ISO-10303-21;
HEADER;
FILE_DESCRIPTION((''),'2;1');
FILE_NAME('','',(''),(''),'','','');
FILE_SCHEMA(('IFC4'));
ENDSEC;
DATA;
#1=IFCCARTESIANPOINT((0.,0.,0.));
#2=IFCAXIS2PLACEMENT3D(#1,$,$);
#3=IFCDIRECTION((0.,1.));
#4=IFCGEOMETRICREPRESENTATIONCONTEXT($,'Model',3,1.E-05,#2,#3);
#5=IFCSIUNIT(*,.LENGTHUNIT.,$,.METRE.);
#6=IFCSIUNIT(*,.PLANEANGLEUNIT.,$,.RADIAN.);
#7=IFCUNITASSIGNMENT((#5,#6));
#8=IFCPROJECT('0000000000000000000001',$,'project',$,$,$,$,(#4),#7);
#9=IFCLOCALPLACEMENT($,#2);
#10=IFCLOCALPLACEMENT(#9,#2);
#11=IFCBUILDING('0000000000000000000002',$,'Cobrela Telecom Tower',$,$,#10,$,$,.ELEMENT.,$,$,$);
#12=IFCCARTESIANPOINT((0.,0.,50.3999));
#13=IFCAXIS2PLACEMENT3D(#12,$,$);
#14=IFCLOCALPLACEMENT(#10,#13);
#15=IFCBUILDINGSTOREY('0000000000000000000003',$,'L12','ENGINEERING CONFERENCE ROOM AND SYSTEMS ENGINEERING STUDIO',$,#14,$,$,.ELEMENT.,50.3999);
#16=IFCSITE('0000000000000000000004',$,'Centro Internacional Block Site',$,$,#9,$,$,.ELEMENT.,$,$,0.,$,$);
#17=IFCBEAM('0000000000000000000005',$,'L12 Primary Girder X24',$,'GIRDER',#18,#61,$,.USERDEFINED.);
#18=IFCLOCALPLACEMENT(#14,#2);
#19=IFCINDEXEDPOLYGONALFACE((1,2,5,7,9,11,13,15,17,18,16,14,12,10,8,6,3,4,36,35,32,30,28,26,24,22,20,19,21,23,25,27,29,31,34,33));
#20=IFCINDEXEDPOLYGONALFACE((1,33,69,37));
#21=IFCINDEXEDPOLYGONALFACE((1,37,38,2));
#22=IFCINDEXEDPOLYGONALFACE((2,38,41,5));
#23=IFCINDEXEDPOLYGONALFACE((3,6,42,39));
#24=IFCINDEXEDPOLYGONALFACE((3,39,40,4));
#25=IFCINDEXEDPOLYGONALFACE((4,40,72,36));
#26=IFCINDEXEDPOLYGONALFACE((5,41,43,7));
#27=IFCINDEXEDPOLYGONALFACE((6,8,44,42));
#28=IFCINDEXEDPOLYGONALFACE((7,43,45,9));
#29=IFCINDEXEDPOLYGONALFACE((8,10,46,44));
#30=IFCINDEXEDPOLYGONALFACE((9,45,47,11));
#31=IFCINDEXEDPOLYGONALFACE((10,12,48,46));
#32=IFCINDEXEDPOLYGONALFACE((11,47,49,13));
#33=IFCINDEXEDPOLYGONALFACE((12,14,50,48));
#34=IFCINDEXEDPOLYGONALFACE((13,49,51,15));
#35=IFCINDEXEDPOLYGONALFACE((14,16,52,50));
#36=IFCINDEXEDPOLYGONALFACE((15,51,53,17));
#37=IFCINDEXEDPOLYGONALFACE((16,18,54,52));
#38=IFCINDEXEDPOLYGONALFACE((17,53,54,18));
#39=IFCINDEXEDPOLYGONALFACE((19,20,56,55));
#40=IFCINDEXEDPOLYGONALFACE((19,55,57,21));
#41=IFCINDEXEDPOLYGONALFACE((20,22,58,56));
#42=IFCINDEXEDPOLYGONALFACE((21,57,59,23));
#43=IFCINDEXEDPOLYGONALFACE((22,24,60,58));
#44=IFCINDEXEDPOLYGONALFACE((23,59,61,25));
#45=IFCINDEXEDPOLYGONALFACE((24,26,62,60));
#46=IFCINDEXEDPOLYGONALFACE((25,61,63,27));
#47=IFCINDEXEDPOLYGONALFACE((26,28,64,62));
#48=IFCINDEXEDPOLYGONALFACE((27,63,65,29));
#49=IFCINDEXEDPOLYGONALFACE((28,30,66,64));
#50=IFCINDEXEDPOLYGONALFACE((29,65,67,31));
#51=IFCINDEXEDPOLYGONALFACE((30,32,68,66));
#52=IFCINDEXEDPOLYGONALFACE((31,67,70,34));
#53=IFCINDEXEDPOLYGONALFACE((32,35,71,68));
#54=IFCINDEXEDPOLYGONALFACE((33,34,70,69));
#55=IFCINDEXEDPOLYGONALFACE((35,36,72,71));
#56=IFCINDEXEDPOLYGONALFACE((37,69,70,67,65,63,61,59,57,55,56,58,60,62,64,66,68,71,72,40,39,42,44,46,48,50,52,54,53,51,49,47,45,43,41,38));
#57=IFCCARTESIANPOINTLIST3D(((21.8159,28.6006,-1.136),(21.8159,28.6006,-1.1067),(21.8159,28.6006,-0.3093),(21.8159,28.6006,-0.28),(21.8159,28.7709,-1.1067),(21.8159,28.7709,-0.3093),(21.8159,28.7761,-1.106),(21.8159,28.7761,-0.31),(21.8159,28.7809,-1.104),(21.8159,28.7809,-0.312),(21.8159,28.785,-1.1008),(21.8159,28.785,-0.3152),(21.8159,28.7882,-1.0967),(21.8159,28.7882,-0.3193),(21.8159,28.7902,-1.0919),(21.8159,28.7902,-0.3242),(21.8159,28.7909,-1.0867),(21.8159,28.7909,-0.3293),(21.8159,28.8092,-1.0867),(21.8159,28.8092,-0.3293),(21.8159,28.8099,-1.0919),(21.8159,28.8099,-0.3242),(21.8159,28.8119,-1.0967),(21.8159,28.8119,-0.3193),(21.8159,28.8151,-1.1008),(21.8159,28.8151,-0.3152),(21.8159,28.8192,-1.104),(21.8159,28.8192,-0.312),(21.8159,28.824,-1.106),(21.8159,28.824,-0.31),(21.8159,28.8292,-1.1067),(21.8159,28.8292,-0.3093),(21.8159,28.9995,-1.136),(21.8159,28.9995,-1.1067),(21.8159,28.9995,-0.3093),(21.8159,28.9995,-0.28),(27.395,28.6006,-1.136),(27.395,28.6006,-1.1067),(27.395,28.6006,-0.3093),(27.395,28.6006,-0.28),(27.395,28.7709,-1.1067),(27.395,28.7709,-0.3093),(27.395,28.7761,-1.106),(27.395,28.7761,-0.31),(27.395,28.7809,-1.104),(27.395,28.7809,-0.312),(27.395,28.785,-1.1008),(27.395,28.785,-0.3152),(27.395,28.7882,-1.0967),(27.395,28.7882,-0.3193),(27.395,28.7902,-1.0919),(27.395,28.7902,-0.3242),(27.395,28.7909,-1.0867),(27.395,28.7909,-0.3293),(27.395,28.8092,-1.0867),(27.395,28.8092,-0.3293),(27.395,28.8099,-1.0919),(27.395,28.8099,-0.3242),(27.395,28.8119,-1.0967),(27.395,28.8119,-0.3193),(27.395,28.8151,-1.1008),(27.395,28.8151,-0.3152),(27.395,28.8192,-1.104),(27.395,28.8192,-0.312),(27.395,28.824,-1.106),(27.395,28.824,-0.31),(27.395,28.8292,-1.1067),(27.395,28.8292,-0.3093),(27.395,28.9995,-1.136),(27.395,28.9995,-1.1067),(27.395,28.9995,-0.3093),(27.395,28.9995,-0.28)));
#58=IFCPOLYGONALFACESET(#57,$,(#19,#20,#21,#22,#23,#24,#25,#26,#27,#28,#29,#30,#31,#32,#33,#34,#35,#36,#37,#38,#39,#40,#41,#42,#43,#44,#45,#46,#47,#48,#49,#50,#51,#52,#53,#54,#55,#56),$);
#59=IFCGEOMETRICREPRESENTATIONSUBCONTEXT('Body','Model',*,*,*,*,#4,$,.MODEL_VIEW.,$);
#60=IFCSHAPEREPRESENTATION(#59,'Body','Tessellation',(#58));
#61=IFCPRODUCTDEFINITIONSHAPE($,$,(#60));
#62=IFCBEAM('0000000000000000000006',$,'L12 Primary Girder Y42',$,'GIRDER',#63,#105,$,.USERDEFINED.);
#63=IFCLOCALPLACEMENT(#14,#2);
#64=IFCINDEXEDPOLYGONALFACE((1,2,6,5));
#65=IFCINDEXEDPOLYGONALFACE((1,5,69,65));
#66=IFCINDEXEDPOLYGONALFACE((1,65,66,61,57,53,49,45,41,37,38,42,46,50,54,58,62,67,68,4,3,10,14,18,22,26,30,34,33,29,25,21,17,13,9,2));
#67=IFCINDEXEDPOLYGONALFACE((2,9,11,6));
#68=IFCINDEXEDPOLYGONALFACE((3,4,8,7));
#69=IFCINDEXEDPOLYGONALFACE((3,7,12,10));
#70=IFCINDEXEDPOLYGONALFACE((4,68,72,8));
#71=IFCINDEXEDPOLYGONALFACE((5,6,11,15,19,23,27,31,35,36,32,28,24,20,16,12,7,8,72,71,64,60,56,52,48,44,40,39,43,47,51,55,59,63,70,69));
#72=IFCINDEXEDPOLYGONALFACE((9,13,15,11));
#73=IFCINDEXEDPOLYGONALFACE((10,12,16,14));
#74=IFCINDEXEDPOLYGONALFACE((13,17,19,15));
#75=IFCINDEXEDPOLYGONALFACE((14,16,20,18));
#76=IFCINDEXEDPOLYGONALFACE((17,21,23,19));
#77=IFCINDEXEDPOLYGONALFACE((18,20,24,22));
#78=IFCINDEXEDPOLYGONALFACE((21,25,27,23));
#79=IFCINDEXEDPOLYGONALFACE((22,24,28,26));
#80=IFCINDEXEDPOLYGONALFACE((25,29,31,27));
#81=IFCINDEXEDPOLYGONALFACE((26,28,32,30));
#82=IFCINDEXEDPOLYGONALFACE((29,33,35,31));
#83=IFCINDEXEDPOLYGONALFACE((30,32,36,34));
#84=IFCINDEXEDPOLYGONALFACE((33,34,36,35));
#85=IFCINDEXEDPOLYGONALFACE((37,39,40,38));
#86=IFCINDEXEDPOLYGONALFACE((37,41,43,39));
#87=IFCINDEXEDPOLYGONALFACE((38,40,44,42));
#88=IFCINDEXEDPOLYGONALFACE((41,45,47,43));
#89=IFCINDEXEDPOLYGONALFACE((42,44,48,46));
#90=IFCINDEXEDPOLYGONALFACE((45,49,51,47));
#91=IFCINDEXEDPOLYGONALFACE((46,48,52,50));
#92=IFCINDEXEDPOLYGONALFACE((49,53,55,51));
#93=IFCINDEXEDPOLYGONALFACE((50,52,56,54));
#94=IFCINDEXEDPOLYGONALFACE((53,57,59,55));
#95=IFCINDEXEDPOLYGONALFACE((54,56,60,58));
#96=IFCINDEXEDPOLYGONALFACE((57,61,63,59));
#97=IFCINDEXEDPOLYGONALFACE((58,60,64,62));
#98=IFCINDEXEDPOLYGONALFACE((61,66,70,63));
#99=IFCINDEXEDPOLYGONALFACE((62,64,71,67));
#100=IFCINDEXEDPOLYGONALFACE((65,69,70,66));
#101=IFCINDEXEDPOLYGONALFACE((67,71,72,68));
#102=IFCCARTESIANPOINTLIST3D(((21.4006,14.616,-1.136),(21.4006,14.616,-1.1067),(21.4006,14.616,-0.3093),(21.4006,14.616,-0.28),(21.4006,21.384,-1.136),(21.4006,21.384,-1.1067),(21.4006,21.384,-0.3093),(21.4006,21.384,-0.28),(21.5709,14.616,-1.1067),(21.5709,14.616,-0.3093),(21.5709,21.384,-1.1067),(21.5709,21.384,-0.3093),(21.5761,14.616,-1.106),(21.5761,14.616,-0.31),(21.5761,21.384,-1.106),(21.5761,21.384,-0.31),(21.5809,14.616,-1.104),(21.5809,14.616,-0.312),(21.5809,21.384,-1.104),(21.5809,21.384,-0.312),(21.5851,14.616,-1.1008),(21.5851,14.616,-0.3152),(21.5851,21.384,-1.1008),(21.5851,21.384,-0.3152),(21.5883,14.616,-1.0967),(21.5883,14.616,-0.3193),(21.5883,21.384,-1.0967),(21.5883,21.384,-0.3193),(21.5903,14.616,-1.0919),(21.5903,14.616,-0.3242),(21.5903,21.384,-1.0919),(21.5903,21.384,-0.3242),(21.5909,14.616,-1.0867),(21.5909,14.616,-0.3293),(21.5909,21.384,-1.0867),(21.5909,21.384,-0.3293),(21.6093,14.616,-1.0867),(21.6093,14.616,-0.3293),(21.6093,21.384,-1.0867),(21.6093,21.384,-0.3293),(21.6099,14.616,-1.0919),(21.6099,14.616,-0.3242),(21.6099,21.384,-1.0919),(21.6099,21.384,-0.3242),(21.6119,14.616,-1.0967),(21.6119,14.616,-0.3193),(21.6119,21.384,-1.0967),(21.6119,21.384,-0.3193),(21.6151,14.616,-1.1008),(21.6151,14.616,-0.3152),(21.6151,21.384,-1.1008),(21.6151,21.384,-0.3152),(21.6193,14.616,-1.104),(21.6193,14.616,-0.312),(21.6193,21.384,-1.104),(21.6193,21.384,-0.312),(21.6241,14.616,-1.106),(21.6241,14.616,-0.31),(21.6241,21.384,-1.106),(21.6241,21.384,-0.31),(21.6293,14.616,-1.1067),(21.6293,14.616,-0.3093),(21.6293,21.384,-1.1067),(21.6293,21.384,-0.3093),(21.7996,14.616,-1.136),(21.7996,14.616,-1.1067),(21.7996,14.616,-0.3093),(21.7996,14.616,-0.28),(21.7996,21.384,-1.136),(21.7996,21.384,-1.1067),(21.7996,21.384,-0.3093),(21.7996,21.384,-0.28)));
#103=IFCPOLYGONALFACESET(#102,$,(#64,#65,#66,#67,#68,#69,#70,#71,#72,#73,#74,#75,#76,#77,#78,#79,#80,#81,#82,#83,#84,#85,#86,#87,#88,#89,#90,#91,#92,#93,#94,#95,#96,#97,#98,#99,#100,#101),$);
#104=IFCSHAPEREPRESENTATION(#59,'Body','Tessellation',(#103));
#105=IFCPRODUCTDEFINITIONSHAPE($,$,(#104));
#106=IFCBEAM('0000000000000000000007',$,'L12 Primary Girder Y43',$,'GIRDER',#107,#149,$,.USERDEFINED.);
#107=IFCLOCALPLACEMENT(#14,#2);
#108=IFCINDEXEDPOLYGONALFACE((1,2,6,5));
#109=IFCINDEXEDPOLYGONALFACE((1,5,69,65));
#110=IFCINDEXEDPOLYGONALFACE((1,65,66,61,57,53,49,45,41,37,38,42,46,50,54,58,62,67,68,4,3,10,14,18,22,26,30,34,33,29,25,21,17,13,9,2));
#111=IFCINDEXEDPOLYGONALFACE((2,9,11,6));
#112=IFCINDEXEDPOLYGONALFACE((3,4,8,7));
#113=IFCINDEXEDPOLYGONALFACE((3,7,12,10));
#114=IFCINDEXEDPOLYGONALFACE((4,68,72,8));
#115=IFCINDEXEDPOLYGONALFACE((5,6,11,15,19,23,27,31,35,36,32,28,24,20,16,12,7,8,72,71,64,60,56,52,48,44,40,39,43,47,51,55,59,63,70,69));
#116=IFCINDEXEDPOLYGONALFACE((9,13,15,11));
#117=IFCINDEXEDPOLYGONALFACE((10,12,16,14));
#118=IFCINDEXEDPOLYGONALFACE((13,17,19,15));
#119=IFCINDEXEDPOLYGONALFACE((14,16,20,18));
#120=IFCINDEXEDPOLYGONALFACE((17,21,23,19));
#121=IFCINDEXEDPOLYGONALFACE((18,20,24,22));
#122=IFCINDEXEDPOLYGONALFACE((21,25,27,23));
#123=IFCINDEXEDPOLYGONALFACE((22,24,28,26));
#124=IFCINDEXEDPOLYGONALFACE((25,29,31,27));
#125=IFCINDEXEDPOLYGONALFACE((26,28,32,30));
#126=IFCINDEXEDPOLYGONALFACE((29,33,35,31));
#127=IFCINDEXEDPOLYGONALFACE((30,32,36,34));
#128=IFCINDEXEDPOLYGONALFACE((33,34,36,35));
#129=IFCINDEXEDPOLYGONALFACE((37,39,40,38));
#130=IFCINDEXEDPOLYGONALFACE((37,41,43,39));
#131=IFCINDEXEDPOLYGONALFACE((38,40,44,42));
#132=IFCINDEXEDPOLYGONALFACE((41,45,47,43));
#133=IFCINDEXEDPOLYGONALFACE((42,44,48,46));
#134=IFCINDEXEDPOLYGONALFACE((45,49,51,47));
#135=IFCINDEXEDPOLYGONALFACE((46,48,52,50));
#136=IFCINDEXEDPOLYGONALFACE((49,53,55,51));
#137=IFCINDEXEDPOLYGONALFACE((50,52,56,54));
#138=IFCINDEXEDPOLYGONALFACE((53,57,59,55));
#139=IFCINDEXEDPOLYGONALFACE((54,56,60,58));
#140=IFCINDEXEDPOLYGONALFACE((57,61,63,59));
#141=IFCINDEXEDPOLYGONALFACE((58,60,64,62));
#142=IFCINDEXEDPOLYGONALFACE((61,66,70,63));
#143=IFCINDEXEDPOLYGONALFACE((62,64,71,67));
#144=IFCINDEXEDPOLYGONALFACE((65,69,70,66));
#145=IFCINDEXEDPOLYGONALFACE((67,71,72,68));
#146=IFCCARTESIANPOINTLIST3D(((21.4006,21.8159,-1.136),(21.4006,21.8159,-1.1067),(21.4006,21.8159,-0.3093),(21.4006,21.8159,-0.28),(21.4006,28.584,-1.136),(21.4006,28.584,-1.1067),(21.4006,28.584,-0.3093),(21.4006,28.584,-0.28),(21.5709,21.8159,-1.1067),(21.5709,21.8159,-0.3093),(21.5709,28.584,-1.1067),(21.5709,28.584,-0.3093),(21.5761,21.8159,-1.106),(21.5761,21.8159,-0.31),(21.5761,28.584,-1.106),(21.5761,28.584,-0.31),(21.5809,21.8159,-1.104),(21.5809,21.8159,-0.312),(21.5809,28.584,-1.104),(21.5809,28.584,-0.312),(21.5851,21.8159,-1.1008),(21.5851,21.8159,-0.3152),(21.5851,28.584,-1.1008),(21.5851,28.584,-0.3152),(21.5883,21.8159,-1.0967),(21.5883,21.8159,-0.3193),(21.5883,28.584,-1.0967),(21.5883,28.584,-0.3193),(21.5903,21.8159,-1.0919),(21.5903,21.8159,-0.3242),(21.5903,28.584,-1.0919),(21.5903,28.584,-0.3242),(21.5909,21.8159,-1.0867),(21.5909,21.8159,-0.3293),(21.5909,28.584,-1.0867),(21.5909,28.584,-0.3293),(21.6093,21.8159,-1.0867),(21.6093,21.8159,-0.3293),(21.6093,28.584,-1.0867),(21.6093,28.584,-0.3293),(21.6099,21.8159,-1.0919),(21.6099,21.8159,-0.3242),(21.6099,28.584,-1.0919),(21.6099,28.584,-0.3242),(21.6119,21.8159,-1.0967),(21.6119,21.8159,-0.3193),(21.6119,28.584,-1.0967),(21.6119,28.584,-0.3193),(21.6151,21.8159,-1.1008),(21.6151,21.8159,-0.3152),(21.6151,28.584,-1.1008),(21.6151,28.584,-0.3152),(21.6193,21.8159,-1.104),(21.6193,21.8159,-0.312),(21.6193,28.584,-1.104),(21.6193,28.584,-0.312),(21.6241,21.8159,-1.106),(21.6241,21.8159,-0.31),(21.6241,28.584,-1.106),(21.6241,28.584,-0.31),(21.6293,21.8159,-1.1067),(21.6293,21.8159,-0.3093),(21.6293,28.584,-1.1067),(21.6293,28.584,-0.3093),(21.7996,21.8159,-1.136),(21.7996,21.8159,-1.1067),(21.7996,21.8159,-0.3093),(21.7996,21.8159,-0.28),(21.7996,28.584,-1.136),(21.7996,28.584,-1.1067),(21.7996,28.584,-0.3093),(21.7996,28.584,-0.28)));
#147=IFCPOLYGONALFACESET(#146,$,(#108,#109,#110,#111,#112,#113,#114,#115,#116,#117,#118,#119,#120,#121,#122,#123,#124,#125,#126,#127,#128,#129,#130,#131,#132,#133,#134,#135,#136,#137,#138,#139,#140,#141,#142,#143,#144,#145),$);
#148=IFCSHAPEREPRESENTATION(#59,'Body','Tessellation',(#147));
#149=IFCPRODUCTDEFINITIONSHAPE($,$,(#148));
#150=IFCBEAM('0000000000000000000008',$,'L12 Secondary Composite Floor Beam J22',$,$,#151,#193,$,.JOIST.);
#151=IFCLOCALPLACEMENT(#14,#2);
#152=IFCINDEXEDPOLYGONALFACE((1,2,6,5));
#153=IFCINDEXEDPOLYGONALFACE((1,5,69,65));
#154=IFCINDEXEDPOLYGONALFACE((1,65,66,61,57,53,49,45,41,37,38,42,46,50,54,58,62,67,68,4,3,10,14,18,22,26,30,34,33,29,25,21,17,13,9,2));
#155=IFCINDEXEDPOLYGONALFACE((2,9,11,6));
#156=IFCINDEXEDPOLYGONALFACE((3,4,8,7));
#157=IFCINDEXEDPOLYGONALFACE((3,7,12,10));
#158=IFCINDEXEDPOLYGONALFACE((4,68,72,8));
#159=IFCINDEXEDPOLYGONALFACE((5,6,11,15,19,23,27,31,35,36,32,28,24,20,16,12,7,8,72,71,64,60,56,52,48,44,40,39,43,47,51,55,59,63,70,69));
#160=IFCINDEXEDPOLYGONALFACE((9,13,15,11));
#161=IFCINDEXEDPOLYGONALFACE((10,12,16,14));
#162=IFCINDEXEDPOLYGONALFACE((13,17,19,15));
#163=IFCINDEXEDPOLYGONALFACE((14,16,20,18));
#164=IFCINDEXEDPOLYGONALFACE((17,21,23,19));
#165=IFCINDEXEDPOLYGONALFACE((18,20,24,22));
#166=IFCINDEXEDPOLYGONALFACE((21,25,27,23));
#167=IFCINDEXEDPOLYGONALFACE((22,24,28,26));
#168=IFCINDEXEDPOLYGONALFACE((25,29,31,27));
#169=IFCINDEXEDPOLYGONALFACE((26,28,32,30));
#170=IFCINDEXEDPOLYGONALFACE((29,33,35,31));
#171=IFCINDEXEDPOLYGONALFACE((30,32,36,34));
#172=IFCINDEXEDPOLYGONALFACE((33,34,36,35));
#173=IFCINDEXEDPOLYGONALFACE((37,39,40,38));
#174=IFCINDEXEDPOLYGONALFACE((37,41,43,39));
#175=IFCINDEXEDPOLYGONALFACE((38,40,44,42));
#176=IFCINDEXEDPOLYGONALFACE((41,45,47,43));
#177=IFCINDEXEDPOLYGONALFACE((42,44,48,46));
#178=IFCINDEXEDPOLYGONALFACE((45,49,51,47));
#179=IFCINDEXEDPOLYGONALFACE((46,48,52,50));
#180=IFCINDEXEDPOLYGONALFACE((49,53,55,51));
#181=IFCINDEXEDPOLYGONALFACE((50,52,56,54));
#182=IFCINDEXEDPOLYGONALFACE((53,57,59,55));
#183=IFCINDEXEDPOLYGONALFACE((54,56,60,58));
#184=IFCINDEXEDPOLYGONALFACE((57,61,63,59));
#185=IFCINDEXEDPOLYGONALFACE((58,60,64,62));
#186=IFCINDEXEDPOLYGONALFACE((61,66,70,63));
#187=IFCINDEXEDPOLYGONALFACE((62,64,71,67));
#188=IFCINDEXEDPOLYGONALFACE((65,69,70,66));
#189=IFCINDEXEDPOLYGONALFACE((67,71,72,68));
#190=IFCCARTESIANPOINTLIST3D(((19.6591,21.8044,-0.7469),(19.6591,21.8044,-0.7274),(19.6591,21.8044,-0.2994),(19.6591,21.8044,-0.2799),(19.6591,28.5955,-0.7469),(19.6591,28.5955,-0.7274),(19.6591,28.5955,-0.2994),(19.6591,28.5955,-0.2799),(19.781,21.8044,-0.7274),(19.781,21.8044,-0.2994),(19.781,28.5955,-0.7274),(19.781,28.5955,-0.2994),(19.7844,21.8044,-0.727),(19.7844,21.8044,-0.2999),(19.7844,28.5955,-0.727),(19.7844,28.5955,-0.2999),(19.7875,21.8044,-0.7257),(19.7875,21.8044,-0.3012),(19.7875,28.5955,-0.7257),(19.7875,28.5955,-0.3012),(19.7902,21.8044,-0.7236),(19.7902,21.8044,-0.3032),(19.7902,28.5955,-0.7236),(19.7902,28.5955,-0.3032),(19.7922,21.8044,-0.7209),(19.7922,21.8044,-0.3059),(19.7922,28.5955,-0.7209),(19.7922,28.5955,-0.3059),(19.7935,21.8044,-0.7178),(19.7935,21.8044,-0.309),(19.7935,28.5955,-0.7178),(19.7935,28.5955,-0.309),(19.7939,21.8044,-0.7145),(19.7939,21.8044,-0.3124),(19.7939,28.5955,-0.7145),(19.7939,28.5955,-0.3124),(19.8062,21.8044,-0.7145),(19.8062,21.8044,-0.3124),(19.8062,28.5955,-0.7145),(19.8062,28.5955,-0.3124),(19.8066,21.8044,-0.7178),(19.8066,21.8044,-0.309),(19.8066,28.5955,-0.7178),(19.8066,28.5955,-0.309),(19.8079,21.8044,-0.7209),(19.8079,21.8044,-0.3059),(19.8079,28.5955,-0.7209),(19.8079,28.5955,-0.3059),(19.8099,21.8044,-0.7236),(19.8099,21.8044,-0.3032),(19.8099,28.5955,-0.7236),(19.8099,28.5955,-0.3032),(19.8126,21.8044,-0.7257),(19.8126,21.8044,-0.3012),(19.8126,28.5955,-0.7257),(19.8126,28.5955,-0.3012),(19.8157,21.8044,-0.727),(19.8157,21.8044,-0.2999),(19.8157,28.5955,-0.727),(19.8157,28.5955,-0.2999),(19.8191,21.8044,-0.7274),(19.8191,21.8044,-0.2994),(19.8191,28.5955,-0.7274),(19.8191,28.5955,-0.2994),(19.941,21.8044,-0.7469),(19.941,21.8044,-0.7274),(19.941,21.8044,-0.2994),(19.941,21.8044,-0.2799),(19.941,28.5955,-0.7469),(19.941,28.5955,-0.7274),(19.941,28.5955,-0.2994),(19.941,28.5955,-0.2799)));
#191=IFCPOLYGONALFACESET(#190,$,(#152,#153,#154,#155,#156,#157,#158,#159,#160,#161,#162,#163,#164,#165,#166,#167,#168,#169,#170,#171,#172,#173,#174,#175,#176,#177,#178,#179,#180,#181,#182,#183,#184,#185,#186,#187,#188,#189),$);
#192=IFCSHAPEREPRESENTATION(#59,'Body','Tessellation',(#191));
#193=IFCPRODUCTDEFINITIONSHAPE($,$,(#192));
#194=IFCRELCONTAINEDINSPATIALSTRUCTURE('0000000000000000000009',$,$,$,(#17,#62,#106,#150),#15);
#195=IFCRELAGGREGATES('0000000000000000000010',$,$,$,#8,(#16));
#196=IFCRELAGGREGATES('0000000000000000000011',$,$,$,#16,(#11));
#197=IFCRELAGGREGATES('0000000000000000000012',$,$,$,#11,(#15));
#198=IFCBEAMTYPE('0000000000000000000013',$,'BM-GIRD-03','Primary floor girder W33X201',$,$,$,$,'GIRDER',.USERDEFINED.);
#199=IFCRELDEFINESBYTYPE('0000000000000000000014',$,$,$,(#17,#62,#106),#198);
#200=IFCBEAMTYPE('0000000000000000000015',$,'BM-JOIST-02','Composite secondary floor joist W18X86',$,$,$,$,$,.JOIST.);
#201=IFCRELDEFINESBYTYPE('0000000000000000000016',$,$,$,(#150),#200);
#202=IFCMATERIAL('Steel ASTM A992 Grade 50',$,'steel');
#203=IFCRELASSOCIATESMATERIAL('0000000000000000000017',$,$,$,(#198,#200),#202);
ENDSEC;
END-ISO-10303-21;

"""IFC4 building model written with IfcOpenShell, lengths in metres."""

from ifc_helpers import new_model, si_unit, direction, frame, origin, origin_2d, place, context, subcontext, project, spatial, i_section, extrude, material, material_profile, profile_set, type_object, element, save


model = new_model("IFC4")

# Units and contexts
model_context = context("Model", 3, precision=1e-05, world=origin(), true_north=direction((0.0, 1.0)))
body_context = subcontext(model_context, "Body", "Model", "MODEL_VIEW")
ifc_project = project(units=[si_unit("LENGTHUNIT", "METRE"), si_unit("PLANEANGLEUNIT", "RADIAN")], contexts=[model_context])

# Site, building, storey
site_placement = place(None, origin())
site = spatial("IfcSite", under=ifc_project, at=site_placement, Name="Centro Internacional Block Site", CompositionType="ELEMENT", RefElevation=0.0)
building_placement = place(site_placement, origin())
building = spatial("IfcBuilding", under=site, at=building_placement, Name="Cobrela Telecom Tower", CompositionType="ELEMENT")
storey_placement = place(building_placement, frame((0.0, 0.0, 50.3999)))
storey = spatial("IfcBuildingStorey", under=building, at=storey_placement, Name="L12", Description="ENGINEERING CONFERENCE ROOM AND SYSTEMS ENGINEERING STUDIO", CompositionType="ELEMENT", Elevation=50.3999)

# Shared definitions
ifc_material_1 = material(Name="Steel ASTM A992 Grade 50", Category="steel")

# Beams
ifc_material_profile_1 = material_profile(ifc_material_1, i_section(OverallWidth=0.3989, OverallDepth=0.856, WebThickness=0.0183, FlangeThickness=0.0293, FilletRadius=0.02, at=origin_2d()), Name="W33X201")
ifc_profile_set_1 = profile_set([ifc_material_profile_1], Name="Steel ASTM A992 Grade 50")
beam_type_1 = type_object("IfcBeamType", Name="BM-GIRD-03", Description="Primary floor girder W33X201", ElementType="GIRDER", PredefinedType="USERDEFINED", material=ifc_profile_set_1)
beam_1_placement = place(storey_placement, frame((21.8159, 28.8, -0.708), z_axis=(1.0, 0.0, 0.0), x_axis=(0.0, 1.0, 0.0)))
element("IfcBeam", 1, at=beam_1_placement, inside=storey, type_object=beam_type_1, Name="L12 Primary Girder X24", ObjectType="GIRDER", PredefinedType="USERDEFINED", context=body_context, shape_type="SweptSolid", body=[
    extrude(i_section(OverallWidth=0.3989, OverallDepth=0.856, WebThickness=0.0183, FlangeThickness=0.0293, FilletRadius=0.02, at=origin_2d()), origin(), (0.0, 0.0, 1.0), 5.5791),
])
for number, where, z_axis, x_axis, name in (
    (2, (21.6001, 14.616, -0.708), (0.0, 1.0, 0.0), (-1.0, 0.0, 0.0), "L12 Primary Girder Y42"),
    (3, (21.6001, 21.8159, -0.708), (0.0, 1.0, 0.0), (-1.0, 0.0, 0.0), "L12 Primary Girder Y43"),
):
    element("IfcBeam", number, at=place(storey_placement, frame(where, z_axis=z_axis, x_axis=x_axis)), inside=storey, type_object=beam_type_1, Name=name, ObjectType="GIRDER", PredefinedType="USERDEFINED", context=body_context, shape_type="SweptSolid", body=[
        extrude(i_section(OverallWidth=0.3989, OverallDepth=0.856, WebThickness=0.0183, FlangeThickness=0.0293, FilletRadius=0.02, at=origin_2d()), origin(), (0.0, 0.0, 1.0), 6.7681),
    ])
ifc_material_profile_2 = material_profile(ifc_material_1, i_section(OverallWidth=0.282, OverallDepth=0.467, WebThickness=0.0122, FlangeThickness=0.0195, FilletRadius=0.0129, at=origin_2d()), Name="W18X86")
ifc_profile_set_2 = profile_set([ifc_material_profile_2], Name="Steel ASTM A992 Grade 50")
beam_type_2 = type_object("IfcBeamType", Name="BM-JOIST-02", Description="Composite secondary floor joist W18X86", PredefinedType="JOIST", material=ifc_profile_set_2)
for number, where, z_axis, x_axis, name in (
    (4, (19.8, 21.8044, -0.5134), (0.0, 1.0, 0.0), (-1.0, 0.0, 0.0), "L12 Secondary Composite Floor Beam J22"),
):
    element("IfcBeam", number, at=place(storey_placement, frame(where, z_axis=z_axis, x_axis=x_axis)), inside=storey, type_object=beam_type_2, Name=name, PredefinedType="JOIST", context=body_context, shape_type="SweptSolid", body=[
        extrude(i_section(OverallWidth=0.282, OverallDepth=0.467, WebThickness=0.0122, FlangeThickness=0.0195, FilletRadius=0.0129, at=origin_2d()), origin(), (0.0, 0.0, 1.0), 6.791),
    ])

save(model, "model.ifc")
